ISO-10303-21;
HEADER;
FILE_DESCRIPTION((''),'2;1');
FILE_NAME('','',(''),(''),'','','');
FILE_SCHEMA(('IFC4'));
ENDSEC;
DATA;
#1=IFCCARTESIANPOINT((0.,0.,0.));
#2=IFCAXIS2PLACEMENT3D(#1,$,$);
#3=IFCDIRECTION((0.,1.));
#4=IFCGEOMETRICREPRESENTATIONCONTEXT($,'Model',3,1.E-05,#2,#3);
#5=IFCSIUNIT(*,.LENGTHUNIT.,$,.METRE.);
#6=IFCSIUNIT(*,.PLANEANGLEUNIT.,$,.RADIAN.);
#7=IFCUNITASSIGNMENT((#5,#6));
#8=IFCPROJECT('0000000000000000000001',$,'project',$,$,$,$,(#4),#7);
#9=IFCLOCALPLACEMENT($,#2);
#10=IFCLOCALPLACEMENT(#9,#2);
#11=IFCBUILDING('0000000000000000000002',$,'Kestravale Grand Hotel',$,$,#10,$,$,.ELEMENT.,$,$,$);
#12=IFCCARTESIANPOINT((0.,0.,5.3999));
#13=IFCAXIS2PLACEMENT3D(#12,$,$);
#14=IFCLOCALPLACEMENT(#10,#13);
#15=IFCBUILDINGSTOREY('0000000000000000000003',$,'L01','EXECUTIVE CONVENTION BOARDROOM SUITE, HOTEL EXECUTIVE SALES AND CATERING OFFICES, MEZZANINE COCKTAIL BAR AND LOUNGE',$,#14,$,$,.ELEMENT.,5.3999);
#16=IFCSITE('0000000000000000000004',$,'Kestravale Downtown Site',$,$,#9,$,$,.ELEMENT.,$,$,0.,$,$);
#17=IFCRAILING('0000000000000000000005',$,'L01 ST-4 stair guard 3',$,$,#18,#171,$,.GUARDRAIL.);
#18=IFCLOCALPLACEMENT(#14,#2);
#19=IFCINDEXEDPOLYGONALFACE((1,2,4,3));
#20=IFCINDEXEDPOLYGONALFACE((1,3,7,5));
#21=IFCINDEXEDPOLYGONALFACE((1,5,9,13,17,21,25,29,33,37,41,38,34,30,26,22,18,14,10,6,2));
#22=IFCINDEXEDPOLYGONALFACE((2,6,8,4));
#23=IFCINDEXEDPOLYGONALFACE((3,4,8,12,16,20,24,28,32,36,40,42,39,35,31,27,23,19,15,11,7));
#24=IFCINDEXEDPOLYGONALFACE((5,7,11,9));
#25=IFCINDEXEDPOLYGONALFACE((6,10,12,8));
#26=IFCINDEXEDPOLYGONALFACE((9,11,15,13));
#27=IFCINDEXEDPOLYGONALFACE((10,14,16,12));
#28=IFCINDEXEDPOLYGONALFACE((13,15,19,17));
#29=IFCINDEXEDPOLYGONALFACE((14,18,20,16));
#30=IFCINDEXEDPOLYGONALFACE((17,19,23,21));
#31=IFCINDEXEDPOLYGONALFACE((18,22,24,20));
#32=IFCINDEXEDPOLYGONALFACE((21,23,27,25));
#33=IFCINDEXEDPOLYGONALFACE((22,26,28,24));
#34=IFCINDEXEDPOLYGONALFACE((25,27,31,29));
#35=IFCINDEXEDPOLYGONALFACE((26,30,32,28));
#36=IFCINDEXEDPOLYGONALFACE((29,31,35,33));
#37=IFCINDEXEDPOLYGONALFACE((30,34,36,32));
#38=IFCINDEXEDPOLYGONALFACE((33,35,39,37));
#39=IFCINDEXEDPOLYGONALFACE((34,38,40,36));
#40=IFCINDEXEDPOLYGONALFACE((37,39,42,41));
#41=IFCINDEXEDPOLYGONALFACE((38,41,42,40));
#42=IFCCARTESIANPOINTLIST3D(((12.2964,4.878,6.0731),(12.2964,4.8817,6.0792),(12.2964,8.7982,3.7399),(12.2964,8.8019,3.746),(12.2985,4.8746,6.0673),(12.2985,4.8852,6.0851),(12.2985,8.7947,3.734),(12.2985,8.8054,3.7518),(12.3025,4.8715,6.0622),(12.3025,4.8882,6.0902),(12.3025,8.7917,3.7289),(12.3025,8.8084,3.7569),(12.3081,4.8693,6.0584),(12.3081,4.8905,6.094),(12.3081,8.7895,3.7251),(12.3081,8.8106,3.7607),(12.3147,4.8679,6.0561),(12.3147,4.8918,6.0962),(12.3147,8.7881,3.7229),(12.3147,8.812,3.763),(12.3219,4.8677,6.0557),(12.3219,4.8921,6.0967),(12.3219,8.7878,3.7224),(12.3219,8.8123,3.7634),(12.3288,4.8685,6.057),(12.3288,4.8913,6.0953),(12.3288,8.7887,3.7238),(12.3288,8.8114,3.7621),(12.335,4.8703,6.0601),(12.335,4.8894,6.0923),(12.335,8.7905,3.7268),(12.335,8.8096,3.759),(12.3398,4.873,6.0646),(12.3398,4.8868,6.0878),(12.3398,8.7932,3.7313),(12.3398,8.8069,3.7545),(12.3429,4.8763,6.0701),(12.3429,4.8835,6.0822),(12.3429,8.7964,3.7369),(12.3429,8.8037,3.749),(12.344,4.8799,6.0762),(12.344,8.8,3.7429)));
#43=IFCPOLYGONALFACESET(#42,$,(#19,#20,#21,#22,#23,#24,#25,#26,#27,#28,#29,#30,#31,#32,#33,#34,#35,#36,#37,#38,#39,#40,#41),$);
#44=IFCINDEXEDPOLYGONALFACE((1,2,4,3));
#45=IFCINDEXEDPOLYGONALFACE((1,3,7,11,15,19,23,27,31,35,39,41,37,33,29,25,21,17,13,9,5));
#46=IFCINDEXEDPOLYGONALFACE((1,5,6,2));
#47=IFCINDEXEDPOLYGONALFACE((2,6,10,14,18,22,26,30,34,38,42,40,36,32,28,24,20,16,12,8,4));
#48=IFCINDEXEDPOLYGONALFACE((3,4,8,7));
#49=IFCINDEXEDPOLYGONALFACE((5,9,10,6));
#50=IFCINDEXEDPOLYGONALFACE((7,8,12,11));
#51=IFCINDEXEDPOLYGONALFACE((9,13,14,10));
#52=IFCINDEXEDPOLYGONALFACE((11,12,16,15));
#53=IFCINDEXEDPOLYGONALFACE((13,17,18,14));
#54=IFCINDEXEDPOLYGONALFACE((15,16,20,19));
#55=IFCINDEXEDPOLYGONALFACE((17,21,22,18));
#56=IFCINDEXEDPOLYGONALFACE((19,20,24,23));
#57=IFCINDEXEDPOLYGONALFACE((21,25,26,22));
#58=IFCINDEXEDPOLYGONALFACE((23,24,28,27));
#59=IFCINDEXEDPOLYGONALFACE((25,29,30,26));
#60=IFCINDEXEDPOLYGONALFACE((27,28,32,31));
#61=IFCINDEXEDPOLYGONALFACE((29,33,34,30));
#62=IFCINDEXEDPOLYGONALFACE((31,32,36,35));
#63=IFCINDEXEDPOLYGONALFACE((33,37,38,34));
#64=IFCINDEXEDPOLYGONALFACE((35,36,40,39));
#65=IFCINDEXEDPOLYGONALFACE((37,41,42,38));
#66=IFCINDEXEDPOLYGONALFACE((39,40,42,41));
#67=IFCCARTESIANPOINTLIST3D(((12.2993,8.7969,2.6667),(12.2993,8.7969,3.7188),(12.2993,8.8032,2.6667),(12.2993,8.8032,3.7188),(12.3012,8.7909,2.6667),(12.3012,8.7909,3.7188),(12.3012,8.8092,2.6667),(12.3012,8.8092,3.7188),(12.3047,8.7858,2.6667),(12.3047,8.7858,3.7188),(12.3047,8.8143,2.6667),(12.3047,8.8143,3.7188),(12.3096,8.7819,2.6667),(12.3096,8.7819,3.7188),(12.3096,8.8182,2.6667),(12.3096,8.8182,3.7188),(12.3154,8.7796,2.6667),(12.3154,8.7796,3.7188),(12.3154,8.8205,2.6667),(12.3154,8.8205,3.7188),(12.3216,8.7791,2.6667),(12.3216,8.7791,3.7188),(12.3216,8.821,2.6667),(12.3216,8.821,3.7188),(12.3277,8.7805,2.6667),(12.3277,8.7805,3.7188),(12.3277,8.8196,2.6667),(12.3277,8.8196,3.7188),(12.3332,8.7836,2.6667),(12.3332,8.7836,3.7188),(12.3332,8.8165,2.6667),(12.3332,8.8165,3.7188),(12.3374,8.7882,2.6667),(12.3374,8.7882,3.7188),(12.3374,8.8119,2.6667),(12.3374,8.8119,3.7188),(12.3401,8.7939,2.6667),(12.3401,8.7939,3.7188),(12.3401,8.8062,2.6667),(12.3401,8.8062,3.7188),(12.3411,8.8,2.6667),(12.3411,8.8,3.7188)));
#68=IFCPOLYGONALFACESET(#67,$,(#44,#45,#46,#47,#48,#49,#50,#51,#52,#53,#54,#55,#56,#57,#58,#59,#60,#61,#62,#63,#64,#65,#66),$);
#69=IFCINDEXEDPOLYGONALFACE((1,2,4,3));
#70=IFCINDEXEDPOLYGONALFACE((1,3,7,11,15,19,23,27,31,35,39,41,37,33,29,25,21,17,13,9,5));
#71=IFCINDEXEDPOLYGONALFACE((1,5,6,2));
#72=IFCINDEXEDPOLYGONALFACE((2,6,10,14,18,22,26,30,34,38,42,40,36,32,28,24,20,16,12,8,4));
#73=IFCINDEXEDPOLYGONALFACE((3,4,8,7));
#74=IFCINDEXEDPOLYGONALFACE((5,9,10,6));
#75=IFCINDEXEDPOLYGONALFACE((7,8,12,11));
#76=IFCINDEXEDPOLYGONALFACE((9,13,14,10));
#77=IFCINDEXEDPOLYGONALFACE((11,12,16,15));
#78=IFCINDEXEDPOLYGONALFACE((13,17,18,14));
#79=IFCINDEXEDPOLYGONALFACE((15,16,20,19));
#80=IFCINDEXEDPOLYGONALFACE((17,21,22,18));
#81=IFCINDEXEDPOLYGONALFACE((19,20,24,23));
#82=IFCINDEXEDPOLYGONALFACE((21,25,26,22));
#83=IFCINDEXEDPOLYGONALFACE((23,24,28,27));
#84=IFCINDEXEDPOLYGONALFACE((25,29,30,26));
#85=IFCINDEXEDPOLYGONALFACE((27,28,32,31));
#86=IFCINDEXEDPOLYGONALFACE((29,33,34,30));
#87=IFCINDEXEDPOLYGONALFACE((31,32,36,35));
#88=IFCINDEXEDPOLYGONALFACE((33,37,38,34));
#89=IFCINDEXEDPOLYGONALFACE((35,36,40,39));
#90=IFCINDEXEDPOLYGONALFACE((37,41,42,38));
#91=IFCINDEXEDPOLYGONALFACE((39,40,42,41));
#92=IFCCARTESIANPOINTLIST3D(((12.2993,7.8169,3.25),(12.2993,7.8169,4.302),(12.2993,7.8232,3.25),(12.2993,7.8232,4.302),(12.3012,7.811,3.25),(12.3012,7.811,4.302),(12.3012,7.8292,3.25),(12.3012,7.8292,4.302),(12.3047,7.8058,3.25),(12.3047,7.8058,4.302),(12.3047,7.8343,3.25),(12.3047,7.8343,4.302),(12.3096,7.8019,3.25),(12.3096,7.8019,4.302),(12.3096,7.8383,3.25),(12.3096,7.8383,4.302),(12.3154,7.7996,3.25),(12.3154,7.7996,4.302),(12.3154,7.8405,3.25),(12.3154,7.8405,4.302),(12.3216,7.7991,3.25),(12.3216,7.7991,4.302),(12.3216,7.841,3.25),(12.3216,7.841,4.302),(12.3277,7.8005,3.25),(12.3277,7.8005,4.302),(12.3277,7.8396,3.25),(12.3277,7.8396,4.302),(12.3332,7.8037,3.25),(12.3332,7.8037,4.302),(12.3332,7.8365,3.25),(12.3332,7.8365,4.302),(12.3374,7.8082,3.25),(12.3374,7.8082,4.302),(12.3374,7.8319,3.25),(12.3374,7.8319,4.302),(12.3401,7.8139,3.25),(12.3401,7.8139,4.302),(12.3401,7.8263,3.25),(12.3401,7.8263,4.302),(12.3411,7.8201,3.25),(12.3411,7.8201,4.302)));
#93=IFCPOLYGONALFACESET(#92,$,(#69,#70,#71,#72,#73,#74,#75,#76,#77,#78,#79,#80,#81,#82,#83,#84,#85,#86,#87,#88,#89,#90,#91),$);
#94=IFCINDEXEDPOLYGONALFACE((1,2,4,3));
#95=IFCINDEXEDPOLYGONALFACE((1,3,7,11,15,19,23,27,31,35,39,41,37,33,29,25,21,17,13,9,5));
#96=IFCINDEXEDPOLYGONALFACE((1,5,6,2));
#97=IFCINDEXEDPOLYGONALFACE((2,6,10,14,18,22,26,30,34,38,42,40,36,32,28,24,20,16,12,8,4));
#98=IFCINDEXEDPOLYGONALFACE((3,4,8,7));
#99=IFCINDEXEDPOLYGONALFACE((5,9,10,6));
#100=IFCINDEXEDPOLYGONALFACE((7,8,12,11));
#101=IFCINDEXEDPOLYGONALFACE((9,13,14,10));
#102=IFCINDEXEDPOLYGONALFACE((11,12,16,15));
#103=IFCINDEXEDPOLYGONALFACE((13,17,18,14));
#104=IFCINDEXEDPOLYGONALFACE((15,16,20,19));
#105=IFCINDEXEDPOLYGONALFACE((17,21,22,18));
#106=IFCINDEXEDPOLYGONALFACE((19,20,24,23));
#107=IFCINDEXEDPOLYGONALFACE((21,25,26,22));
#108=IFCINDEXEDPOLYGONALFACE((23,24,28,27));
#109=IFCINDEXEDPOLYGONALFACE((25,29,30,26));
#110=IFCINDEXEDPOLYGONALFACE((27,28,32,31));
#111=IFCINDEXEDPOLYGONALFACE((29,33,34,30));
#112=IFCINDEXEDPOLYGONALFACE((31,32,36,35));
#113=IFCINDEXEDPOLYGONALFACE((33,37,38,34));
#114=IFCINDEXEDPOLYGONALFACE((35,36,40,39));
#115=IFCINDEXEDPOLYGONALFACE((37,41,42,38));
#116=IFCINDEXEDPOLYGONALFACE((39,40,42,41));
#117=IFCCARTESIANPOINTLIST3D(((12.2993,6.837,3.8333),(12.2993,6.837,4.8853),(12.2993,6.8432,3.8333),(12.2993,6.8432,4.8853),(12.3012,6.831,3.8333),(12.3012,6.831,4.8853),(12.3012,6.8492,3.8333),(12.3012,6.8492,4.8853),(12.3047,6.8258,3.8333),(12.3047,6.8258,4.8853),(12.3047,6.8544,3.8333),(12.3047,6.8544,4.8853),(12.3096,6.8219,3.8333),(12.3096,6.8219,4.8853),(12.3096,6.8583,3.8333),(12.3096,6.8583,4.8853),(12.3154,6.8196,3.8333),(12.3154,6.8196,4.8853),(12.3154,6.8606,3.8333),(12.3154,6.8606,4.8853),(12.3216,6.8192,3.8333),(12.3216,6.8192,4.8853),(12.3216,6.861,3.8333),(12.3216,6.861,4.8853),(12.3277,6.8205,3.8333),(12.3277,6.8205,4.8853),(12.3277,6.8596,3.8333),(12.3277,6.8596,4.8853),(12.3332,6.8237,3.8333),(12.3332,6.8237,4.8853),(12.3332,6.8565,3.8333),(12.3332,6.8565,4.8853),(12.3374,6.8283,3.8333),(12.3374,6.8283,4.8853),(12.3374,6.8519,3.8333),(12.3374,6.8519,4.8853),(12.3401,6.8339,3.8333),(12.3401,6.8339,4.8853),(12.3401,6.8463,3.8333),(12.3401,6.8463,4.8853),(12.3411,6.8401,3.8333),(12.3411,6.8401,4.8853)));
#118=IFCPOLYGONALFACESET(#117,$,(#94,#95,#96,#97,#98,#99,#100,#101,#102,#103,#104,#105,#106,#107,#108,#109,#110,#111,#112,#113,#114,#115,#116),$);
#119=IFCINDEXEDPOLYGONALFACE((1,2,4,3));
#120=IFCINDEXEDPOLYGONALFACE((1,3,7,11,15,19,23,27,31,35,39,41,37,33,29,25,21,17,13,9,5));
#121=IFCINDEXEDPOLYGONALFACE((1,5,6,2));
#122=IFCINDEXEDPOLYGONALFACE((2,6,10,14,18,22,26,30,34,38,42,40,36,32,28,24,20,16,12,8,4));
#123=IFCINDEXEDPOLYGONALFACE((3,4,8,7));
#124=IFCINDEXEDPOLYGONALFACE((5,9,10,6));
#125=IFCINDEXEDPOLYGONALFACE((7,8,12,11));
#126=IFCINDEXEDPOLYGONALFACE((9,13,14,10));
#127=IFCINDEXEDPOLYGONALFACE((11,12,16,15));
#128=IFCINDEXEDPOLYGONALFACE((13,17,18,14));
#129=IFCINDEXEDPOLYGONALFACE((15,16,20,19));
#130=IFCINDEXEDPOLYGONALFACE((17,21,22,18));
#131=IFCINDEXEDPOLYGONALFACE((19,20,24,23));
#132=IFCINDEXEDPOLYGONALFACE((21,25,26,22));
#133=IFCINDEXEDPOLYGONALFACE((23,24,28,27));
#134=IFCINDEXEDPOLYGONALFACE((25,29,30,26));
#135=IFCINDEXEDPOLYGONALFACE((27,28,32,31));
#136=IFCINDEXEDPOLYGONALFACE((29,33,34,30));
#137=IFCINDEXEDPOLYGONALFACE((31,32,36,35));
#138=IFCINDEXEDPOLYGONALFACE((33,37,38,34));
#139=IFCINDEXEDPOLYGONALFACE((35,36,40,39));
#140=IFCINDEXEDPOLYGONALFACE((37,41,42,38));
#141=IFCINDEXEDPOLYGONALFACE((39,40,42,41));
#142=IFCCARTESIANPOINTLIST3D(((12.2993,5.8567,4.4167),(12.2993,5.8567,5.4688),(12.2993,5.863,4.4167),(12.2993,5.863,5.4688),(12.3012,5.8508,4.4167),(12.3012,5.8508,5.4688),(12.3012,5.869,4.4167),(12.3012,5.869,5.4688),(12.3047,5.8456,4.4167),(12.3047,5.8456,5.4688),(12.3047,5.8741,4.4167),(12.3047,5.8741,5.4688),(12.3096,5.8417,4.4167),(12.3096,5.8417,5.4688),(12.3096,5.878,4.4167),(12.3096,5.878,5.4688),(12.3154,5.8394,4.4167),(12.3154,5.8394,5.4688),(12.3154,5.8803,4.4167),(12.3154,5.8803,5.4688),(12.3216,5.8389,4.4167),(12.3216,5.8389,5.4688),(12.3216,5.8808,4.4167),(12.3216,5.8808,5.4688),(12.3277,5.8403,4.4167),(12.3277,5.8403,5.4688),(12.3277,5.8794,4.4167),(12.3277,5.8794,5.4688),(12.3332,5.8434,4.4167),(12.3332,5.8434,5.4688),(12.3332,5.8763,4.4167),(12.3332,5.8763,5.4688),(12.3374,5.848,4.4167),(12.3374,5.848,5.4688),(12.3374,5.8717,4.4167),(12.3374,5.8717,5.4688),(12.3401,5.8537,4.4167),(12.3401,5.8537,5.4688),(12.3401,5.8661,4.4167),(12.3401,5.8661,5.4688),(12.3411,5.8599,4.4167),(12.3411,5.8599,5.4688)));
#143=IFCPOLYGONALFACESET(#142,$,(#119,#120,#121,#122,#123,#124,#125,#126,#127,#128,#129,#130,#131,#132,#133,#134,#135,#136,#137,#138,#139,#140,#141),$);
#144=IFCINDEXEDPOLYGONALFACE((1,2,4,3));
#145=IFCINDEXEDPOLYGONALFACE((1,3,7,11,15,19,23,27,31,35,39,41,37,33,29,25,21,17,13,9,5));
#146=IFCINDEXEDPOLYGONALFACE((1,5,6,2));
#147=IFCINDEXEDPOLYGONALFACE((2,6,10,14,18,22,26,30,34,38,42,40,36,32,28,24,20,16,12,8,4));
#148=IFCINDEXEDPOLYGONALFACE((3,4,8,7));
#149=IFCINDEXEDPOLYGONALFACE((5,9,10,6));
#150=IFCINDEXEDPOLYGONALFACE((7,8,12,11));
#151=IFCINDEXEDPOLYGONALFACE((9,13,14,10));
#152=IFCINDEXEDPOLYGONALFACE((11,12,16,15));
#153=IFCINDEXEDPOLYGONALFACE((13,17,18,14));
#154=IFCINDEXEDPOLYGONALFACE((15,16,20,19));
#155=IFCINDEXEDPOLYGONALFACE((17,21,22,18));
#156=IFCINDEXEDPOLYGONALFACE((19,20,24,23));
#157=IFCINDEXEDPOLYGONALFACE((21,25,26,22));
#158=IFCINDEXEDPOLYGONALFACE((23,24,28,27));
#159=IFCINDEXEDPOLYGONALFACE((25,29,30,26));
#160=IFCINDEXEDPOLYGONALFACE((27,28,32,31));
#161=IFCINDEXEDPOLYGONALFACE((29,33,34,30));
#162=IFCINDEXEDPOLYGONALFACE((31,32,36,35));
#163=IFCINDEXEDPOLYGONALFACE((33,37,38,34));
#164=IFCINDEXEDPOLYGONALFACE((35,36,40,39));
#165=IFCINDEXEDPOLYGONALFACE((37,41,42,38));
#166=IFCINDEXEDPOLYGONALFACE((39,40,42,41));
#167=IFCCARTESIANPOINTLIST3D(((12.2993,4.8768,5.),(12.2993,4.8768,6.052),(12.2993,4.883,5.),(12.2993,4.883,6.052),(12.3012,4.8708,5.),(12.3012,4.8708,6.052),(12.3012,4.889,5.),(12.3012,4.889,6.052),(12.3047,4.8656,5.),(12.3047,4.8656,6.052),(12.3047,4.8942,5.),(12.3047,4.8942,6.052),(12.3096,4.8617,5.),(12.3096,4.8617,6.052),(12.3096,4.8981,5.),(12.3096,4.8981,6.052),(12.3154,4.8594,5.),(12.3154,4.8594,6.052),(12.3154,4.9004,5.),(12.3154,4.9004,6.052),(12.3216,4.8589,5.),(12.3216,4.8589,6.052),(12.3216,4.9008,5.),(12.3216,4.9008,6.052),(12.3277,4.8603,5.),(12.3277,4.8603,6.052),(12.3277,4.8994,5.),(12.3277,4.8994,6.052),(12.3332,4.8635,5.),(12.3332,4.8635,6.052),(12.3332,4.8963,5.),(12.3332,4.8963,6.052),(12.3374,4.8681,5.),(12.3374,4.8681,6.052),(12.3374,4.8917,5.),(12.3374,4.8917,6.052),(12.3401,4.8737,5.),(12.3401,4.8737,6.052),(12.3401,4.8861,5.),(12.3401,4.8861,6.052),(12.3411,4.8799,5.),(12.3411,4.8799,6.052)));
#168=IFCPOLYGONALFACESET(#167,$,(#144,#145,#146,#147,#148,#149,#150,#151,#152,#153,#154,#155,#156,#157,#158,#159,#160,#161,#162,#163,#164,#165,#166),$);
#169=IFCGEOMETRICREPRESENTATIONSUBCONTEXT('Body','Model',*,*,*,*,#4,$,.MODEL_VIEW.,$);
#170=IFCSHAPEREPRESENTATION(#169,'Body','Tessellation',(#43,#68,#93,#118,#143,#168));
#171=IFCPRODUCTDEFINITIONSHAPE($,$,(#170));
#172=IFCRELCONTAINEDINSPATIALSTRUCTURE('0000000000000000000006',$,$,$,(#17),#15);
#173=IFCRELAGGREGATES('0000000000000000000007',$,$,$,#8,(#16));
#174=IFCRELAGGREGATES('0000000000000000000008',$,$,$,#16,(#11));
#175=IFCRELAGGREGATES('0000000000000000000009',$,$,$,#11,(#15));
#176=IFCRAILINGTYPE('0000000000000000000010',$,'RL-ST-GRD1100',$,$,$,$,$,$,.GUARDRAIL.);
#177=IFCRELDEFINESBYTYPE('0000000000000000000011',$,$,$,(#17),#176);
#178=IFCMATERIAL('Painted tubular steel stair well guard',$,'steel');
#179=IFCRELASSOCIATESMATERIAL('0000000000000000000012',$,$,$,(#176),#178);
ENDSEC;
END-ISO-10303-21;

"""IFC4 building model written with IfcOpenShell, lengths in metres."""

from ifc_helpers import new_model, si_unit, direction, frame, origin, origin_2d, place, context, subcontext, project, spatial, circle, extrude, material, type_object, element, save


model = new_model("IFC4")

# Units and contexts
model_context = context("Model", 3, precision=1e-05, world=origin(), true_north=direction((0.0, 1.0)))
body_context = subcontext(model_context, "Body", "Model", "MODEL_VIEW")
ifc_project = project(units=[si_unit("LENGTHUNIT", "METRE"), si_unit("PLANEANGLEUNIT", "RADIAN")], contexts=[model_context])

# Site, building, storey
site_placement = place(None, origin())
site = spatial("IfcSite", under=ifc_project, at=site_placement, Name="Kestravale Downtown Site", CompositionType="ELEMENT", RefElevation=0.0)
building_placement = place(site_placement, origin())
building = spatial("IfcBuilding", under=site, at=building_placement, Name="Kestravale Grand Hotel", CompositionType="ELEMENT")
storey_placement = place(building_placement, frame((0.0, 0.0, 5.3999)))
storey = spatial("IfcBuildingStorey", under=building, at=storey_placement, Name="L01", Description="EXECUTIVE CONVENTION BOARDROOM SUITE, HOTEL EXECUTIVE SALES AND CATERING OFFICES, MEZZANINE COCKTAIL BAR AND LOUNGE", CompositionType="ELEMENT", Elevation=5.3999)

# Railing
ifc_material_1 = material(Name="Painted tubular steel stair well guard", Category="steel")
railing_type_1 = type_object("IfcRailingType", Name="RL-ST-GRD1100", PredefinedType="GUARDRAIL", material=ifc_material_1)
railing_1_placement = place(storey_placement, frame((12.3201, 8.8, 2.6667)))
element("IfcRailing", 1, at=railing_1_placement, inside=storey, type_object=railing_type_1, Name="L01 ST-4 stair guard 3", PredefinedType="GUARDRAIL", context=body_context, shape_type="SweptSolid", body=[
    extrude(circle(Radius=0.0239, at=origin_2d()), frame((0.0, 0.0, 1.0762), z_axis=(0.0, -0.85931, 0.511455), x_axis=(1.0, 0.0, 0.0)), (0.0, 0.0, 1.0), 4.562),
    extrude(circle(Radius=0.021, at=origin_2d()), origin(), (0.0, 0.0, 1.0), 1.052),
    extrude(circle(Radius=0.021, at=origin_2d()), frame((0.0, -0.98, 0.5833)), (0.0, 0.0, 1.0), 1.052),
    extrude(circle(Radius=0.021, at=origin_2d()), frame((0.0, -1.96, 1.1665)), (0.0, 0.0, 1.0), 1.052),
    extrude(circle(Radius=0.021, at=origin_2d()), frame((0.0, -2.9402, 1.75)), (0.0, 0.0, 1.0), 1.052),
    extrude(circle(Radius=0.021, at=origin_2d()), frame((0.0, -3.9202, 2.3333)), (0.0, 0.0, 1.0), 1.052),
])

save(model, "model.ifc")
